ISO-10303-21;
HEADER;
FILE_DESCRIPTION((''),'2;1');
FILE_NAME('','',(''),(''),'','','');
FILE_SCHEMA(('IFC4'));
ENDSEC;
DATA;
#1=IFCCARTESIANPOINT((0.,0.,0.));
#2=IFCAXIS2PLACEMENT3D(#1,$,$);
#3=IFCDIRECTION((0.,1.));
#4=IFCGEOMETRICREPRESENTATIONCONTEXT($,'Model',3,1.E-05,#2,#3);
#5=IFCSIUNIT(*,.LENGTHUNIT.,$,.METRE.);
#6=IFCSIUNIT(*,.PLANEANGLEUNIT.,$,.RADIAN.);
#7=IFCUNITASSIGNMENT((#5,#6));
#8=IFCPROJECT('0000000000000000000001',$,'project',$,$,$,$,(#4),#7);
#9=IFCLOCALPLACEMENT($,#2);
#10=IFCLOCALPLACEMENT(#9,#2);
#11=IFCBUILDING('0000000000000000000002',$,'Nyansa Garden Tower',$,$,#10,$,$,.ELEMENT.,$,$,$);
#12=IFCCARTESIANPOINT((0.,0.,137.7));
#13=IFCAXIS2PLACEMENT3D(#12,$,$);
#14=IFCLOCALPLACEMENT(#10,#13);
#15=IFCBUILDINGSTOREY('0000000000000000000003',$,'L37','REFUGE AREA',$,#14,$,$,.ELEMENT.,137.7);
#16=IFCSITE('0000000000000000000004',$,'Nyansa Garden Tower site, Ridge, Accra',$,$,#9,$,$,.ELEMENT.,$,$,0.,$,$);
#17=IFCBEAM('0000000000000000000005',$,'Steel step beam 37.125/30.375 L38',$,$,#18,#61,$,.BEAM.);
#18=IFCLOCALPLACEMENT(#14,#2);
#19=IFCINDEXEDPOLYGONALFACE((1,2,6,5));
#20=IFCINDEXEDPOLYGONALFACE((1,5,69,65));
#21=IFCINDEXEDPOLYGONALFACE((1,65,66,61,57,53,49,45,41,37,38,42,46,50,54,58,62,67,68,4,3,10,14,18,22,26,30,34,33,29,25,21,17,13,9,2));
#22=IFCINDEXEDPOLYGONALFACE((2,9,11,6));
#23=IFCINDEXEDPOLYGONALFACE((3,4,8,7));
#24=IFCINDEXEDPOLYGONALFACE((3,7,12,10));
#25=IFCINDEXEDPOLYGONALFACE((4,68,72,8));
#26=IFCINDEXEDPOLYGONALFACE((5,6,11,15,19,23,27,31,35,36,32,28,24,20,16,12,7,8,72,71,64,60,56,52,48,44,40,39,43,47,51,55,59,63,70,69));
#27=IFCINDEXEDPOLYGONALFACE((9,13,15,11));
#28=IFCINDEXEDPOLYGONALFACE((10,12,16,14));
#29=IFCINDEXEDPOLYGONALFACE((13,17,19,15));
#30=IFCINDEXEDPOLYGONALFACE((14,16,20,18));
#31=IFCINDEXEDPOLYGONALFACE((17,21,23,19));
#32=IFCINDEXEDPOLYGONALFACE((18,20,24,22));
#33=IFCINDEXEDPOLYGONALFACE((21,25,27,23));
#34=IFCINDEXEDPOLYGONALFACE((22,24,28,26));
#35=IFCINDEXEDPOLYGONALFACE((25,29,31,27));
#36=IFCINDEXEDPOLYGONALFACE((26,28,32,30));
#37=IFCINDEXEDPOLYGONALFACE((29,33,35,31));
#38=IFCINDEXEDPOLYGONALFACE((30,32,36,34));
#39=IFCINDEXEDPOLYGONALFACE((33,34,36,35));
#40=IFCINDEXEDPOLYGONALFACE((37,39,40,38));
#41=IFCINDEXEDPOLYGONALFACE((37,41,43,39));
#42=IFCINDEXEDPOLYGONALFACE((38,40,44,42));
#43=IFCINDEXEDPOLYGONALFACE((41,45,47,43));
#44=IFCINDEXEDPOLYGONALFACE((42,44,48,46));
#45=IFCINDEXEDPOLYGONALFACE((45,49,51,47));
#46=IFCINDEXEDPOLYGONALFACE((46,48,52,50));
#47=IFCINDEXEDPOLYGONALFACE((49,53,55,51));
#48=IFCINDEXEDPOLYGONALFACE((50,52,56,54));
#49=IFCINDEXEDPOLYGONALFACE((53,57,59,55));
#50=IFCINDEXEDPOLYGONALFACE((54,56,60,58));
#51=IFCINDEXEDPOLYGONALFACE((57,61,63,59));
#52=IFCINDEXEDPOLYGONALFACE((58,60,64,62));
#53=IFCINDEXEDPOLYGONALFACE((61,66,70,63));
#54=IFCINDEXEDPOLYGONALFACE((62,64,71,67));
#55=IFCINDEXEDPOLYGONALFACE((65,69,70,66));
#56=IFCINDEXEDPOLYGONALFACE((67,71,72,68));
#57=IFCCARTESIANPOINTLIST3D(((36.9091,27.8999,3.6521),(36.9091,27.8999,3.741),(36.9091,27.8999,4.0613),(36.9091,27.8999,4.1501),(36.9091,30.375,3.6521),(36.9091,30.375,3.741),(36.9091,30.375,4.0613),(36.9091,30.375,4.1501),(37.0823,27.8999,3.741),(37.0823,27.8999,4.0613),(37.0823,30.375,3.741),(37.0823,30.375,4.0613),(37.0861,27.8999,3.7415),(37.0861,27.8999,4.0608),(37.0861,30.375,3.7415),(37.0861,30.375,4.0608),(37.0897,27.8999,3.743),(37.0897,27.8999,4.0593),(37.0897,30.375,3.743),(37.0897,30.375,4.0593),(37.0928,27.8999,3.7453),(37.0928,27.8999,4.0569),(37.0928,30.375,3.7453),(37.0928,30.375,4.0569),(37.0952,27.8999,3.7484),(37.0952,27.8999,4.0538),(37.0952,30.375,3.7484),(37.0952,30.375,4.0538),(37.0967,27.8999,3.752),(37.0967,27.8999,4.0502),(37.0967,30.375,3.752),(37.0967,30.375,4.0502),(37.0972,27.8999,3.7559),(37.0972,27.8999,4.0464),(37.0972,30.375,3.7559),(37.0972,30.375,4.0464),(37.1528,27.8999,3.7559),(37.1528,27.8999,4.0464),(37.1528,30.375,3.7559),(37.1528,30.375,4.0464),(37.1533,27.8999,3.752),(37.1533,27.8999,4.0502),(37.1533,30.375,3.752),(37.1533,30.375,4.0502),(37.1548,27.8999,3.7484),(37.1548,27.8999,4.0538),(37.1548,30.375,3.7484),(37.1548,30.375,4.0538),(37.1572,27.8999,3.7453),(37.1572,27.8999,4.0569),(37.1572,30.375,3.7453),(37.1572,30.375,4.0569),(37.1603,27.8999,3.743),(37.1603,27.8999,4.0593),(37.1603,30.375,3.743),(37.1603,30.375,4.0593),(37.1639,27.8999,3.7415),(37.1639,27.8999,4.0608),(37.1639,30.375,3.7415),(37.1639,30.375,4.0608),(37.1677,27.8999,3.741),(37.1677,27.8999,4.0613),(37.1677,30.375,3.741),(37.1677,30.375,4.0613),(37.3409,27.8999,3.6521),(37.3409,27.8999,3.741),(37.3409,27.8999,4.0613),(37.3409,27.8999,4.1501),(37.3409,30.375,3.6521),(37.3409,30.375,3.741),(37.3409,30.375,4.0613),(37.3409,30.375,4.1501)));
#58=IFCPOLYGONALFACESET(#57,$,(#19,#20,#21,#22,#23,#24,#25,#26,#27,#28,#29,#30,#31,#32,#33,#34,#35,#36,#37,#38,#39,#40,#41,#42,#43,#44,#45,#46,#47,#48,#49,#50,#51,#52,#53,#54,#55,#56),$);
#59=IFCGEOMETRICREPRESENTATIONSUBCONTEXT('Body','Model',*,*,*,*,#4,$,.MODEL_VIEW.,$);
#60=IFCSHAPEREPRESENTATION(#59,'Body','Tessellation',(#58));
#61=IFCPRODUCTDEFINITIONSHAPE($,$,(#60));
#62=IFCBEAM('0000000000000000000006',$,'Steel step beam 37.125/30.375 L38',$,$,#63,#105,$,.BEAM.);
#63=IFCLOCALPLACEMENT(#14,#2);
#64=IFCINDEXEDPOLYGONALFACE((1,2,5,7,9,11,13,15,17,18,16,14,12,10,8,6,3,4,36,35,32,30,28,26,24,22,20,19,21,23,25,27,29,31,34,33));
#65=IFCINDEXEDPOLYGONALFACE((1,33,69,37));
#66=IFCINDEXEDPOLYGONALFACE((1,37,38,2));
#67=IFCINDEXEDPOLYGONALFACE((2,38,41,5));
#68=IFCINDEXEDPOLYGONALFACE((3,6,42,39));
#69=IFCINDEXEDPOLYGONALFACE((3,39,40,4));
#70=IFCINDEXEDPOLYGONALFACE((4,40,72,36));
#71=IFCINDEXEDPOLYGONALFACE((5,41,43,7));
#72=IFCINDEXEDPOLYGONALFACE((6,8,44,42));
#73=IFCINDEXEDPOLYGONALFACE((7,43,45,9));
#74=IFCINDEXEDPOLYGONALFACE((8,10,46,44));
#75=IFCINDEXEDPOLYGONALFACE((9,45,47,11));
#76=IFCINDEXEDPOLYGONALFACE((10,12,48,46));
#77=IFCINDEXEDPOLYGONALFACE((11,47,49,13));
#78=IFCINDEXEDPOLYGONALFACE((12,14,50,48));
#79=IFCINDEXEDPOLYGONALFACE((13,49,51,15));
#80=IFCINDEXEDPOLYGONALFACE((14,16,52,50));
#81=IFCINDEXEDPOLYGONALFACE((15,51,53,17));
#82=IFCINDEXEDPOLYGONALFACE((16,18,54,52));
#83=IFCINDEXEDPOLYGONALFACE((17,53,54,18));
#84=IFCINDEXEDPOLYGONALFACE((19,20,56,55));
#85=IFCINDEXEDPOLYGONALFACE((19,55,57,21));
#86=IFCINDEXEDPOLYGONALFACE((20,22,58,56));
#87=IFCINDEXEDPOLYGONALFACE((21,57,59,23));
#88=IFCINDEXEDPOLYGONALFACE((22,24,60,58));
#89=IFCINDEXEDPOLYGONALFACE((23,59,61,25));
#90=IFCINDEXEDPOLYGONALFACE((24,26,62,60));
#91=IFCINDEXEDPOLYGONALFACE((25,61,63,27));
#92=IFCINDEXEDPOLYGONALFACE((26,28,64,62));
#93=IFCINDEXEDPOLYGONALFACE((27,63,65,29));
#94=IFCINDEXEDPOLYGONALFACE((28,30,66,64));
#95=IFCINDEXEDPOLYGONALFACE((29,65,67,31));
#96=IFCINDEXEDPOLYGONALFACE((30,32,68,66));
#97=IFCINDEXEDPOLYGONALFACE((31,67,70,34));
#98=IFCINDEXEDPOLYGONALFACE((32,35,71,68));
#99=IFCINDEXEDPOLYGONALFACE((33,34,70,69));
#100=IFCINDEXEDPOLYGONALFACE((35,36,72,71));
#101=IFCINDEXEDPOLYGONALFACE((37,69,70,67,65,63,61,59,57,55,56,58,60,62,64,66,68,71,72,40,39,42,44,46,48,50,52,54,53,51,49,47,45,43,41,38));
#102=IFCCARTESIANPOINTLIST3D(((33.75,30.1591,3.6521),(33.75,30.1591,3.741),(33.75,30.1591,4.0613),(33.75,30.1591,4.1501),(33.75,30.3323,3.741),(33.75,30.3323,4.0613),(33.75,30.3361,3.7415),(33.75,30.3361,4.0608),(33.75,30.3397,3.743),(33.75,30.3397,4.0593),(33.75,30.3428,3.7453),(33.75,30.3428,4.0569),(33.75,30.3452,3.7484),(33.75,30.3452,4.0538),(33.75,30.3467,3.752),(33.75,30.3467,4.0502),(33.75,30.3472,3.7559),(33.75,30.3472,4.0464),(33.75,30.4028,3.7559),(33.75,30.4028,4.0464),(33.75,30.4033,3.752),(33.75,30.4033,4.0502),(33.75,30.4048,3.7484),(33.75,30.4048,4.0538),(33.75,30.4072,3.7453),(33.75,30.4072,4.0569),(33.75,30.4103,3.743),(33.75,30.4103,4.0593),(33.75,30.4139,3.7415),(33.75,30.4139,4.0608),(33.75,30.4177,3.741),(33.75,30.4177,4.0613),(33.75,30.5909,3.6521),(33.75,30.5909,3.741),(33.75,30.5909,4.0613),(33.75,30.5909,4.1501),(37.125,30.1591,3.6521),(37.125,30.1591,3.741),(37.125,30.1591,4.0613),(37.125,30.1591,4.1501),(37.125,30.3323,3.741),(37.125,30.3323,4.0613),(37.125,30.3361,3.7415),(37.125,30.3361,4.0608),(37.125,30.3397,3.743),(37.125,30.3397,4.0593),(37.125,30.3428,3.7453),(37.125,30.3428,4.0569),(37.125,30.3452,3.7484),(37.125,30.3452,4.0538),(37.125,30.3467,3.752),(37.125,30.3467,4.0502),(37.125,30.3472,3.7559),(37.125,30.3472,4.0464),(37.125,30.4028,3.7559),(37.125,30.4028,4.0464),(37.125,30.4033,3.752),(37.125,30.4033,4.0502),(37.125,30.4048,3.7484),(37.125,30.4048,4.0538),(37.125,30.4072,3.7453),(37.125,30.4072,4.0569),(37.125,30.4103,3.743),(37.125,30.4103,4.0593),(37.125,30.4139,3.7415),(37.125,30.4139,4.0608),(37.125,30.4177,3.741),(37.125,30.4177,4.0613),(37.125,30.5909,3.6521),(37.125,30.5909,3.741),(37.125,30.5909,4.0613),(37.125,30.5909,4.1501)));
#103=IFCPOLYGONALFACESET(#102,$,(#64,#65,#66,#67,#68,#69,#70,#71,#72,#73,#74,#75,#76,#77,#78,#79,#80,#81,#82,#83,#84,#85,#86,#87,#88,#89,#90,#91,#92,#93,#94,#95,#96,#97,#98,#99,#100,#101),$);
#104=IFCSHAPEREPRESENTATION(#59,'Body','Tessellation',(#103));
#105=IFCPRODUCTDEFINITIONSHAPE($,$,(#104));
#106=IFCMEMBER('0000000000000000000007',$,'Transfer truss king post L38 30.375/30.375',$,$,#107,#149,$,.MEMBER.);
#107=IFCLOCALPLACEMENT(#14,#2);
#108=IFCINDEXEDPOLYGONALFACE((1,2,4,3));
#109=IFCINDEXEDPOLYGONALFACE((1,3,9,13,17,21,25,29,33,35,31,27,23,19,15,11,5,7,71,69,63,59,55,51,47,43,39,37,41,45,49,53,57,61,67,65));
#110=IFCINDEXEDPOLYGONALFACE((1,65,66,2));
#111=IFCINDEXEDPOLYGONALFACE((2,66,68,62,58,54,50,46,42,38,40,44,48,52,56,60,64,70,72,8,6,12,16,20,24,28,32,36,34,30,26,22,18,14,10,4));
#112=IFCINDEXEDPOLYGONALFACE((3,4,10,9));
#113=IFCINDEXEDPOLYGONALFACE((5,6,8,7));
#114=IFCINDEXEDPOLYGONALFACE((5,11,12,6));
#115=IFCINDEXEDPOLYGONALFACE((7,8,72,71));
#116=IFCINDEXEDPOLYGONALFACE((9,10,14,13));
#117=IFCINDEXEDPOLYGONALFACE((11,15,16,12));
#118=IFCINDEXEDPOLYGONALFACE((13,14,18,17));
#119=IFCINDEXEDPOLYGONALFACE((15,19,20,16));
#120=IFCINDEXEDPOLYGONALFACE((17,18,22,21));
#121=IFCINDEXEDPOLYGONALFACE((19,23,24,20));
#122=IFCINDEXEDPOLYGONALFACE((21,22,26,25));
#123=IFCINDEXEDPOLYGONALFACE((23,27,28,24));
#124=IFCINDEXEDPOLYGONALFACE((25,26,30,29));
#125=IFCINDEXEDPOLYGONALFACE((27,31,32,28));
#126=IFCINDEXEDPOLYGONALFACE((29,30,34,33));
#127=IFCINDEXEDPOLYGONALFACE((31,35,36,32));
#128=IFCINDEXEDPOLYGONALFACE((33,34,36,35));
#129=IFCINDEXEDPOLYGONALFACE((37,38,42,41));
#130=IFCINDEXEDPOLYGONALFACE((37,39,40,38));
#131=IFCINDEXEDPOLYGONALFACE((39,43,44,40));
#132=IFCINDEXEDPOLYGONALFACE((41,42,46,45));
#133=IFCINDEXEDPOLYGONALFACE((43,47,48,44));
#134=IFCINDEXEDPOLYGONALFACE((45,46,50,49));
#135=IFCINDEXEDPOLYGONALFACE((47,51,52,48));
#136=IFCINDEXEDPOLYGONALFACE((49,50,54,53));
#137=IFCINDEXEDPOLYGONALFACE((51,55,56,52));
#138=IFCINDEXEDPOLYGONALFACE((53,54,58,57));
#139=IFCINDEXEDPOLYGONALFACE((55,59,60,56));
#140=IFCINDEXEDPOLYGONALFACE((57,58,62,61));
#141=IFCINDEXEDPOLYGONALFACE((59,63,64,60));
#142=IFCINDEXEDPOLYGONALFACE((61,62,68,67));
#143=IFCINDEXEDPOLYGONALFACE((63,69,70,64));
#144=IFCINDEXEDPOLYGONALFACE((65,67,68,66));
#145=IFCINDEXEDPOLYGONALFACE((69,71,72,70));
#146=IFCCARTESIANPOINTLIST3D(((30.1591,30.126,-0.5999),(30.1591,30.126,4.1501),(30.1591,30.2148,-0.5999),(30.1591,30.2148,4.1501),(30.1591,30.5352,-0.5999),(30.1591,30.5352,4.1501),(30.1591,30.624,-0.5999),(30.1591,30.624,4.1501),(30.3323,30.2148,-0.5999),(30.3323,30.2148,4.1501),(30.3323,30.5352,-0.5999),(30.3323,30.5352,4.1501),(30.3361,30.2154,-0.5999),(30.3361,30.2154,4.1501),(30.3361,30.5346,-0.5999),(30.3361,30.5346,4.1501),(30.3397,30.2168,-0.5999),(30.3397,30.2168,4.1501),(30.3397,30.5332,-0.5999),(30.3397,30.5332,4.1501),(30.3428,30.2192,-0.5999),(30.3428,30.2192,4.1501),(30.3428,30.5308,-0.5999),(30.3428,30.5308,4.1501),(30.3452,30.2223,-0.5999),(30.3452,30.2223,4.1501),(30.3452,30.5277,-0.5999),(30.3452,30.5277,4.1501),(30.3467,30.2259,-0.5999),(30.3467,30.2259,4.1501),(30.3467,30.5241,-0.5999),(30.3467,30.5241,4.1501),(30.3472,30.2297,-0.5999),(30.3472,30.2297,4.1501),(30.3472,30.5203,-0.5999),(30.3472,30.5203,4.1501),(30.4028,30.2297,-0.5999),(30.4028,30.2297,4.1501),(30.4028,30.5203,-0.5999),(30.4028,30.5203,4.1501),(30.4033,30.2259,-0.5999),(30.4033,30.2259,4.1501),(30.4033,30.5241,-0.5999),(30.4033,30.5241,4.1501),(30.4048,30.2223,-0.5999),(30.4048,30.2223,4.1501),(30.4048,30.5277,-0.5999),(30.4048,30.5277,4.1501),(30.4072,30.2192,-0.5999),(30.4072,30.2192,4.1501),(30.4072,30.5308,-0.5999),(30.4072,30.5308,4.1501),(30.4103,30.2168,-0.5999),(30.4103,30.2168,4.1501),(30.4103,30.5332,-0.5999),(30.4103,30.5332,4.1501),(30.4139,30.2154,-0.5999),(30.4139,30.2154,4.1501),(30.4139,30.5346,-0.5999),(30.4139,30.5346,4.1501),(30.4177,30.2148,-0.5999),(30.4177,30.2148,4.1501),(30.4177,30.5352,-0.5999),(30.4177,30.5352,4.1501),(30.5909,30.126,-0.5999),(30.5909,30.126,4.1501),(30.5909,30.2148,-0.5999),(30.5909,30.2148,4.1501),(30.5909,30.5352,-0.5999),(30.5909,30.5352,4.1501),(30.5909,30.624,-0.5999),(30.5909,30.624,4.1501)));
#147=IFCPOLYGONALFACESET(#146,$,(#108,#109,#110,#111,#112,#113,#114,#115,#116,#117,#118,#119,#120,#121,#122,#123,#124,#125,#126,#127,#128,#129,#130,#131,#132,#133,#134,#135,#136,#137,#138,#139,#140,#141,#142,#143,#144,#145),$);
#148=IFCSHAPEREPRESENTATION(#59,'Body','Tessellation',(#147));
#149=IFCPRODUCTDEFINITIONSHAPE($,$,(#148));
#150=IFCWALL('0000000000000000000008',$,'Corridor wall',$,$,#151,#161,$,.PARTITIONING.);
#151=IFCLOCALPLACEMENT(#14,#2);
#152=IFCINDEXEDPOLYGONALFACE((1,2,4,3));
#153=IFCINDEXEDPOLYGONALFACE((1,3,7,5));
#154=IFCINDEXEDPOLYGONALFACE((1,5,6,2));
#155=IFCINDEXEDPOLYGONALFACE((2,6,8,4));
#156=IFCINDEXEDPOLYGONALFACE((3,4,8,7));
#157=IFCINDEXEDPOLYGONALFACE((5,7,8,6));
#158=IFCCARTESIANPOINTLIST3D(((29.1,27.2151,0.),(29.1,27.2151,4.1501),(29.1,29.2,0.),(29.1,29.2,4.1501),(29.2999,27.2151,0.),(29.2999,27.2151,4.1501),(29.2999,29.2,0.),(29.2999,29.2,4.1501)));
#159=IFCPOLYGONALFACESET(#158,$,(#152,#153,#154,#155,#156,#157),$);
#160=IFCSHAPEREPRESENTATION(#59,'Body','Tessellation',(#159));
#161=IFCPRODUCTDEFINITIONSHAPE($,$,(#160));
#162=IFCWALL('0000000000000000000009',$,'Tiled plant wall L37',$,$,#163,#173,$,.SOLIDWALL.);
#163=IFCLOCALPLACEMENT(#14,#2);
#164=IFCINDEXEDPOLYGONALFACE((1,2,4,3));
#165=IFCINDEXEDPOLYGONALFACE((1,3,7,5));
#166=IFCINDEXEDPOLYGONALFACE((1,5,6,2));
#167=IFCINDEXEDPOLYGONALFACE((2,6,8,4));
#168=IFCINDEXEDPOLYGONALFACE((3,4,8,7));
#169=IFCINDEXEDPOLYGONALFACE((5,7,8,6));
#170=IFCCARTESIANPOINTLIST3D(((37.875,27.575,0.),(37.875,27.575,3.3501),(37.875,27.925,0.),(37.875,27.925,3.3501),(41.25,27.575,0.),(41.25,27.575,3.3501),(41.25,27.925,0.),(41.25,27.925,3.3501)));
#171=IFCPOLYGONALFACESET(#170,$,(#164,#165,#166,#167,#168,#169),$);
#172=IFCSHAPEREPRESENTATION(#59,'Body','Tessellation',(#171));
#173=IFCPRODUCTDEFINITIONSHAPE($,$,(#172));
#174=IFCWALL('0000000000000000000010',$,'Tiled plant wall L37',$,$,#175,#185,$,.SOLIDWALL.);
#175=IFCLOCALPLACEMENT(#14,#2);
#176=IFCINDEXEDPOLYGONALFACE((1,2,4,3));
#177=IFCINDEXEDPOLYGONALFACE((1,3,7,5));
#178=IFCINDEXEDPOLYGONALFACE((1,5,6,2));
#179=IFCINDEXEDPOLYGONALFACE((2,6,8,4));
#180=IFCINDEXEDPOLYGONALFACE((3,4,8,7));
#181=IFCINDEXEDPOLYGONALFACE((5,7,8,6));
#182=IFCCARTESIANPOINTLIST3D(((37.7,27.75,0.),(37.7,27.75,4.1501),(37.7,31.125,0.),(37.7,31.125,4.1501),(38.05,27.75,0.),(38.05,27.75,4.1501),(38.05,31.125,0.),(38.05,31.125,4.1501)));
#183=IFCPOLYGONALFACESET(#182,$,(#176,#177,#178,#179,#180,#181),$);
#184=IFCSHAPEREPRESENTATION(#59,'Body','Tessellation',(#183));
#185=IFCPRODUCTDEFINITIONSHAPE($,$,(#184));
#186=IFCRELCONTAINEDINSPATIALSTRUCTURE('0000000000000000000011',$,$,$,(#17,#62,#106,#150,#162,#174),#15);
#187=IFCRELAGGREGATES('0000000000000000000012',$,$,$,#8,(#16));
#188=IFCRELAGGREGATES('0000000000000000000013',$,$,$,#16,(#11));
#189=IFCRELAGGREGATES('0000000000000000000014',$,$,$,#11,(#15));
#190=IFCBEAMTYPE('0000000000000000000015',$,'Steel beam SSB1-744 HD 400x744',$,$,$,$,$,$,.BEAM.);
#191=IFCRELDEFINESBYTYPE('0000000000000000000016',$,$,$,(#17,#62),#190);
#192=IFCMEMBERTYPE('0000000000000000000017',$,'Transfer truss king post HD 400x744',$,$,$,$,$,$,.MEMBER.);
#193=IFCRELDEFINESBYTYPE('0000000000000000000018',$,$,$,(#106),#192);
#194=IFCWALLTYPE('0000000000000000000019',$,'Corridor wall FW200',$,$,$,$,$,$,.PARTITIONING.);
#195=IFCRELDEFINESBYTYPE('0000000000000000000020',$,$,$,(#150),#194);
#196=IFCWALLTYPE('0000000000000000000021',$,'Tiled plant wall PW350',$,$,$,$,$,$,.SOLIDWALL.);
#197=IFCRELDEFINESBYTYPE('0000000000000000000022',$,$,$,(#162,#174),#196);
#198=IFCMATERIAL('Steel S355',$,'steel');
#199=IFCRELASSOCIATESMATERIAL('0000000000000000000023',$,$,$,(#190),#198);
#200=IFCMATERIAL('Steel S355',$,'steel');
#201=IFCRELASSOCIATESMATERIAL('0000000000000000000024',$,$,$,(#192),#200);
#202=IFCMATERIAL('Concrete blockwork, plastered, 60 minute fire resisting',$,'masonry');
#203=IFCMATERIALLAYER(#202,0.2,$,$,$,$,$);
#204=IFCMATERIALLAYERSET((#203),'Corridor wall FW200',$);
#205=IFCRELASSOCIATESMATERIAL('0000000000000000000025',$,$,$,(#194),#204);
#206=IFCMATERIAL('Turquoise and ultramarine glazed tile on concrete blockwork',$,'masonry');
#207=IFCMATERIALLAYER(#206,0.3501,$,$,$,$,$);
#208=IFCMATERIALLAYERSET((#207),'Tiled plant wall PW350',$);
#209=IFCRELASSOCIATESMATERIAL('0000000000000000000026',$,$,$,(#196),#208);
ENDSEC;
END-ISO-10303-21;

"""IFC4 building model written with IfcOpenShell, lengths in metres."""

from ifc_helpers import new_model, si_unit, direction, frame, frame_2d, origin, origin_2d, place, context, subcontext, project, spatial, rectangle, i_section, extrude, material, layer, layer_set, material_profile, profile_set, type_object, element, save


model = new_model("IFC4")

# Units and contexts
model_context = context("Model", 3, precision=1e-05, world=origin(), true_north=direction((0.0, 1.0)))
body_context = subcontext(model_context, "Body", "Model", "MODEL_VIEW")
ifc_project = project(units=[si_unit("LENGTHUNIT", "METRE"), si_unit("PLANEANGLEUNIT", "RADIAN")], contexts=[model_context])

# Site, building, storey
site_placement = place(None, origin())
site = spatial("IfcSite", under=ifc_project, at=site_placement, Name="Nyansa Garden Tower site, Ridge, Accra", CompositionType="ELEMENT", RefElevation=0.0)
building_placement = place(site_placement, origin())
building = spatial("IfcBuilding", under=site, at=building_placement, Name="Nyansa Garden Tower", CompositionType="ELEMENT")
storey_placement = place(building_placement, frame((0.0, 0.0, 137.7)))
storey = spatial("IfcBuildingStorey", under=building, at=storey_placement, Name="L37", Description="REFUGE AREA", CompositionType="ELEMENT", Elevation=137.7)

# Beams
ifc_material_1 = material(Name="Steel S355", Category="steel")
ifc_material_profile_1 = material_profile(ifc_material_1, i_section(OverallWidth=0.4319, OverallDepth=0.498, WebThickness=0.0557, FlangeThickness=0.0889, FilletRadius=0.0149, at=origin_2d()), Name="HD 400x744")
ifc_profile_set_1 = profile_set([ifc_material_profile_1], Name="Steel S355")
beam_type_1 = type_object("IfcBeamType", Name="Steel beam SSB1-744 HD 400x744", PredefinedType="BEAM", material=ifc_profile_set_1)
beam_1_placement = place(storey_placement, frame((37.125, 30.375, 3.9011), z_axis=(0.0, -1.0, 0.0), x_axis=(1.0, 0.0, 0.0)))
element("IfcBeam", 1, at=beam_1_placement, inside=storey, type_object=beam_type_1, Name="Steel step beam 37.125/30.375 L38", PredefinedType="BEAM", context=body_context, shape_type="SweptSolid", body=[
    extrude(i_section(OverallWidth=0.4319, OverallDepth=0.498, WebThickness=0.0557, FlangeThickness=0.0889, FilletRadius=0.0149, at=origin_2d()), origin(), (0.0, 0.0, 1.0), 2.4751),
])
beam_2_placement = place(storey_placement, frame((37.125, 30.375, 3.9011), z_axis=(-1.0, 0.0, 0.0), x_axis=(0.0, -1.0, 0.0)))
element("IfcBeam", 2, at=beam_2_placement, inside=storey, type_object=beam_type_1, Name="Steel step beam 37.125/30.375 L38", PredefinedType="BEAM", context=body_context, shape_type="SweptSolid", body=[
    extrude(i_section(OverallWidth=0.4319, OverallDepth=0.498, WebThickness=0.0557, FlangeThickness=0.0889, FilletRadius=0.0149, at=origin_2d()), origin(), (0.0, 0.0, 1.0), 3.375),
])

# Member
ifc_material_2 = material(Name="Steel S355", Category="steel")
ifc_material_profile_2 = material_profile(ifc_material_2, i_section(OverallWidth=0.4319, OverallDepth=0.498, WebThickness=0.0557, FlangeThickness=0.0889, FilletRadius=0.0149, at=origin_2d()), Name="HD 400x744")
ifc_profile_set_2 = profile_set([ifc_material_profile_2], Name="Steel S355")
member_type_1 = type_object("IfcMemberType", Name="Transfer truss king post HD 400x744", PredefinedType="MEMBER", material=ifc_profile_set_2)
member_1_placement = place(storey_placement, frame((30.375, 30.375, -0.5999), z_axis=(0.0, 0.0, 1.0), x_axis=(1.0, 0.0, 0.0)))
element("IfcMember", 3, at=member_1_placement, inside=storey, type_object=member_type_1, Name="Transfer truss king post L38 30.375/30.375", PredefinedType="MEMBER", context=body_context, shape_type="SweptSolid", body=[
    extrude(i_section(OverallWidth=0.4319, OverallDepth=0.498, WebThickness=0.0557, FlangeThickness=0.0889, FilletRadius=0.0149, at=origin_2d()), origin(), (0.0, 0.0, 1.0), 4.75),
])

# Walls
ifc_material_3 = material(Name="Concrete blockwork, plastered, 60 minute fire resisting", Category="masonry")
ifc_layer_1 = layer(ifc_material_3, 0.2)
ifc_layer_set_1 = layer_set([ifc_layer_1], Name="Corridor wall FW200")
wall_type_1 = type_object("IfcWallType", Name="Corridor wall FW200", PredefinedType="PARTITIONING", material=ifc_layer_set_1)
wall_1_placement = place(storey_placement, frame((29.2, 27.2151, 0.0), z_axis=(0.0, 0.0, 1.0), x_axis=(0.0, 1.0, 0.0)))
element("IfcWall", 4, at=wall_1_placement, inside=storey, type_object=wall_type_1, Name="Corridor wall", PredefinedType="PARTITIONING", context=body_context, shape_type="SweptSolid", body=[
    extrude(rectangle(XDim=1.9849, YDim=0.2, at=frame_2d((0.9924, 0.0))), origin(), (0.0, 0.0, 1.0), 4.1501),
])
ifc_material_4 = material(Name="Turquoise and ultramarine glazed tile on concrete blockwork", Category="masonry")
ifc_layer_2 = layer(ifc_material_4, 0.3501)
ifc_layer_set_2 = layer_set([ifc_layer_2], Name="Tiled plant wall PW350")
wall_type_2 = type_object("IfcWallType", Name="Tiled plant wall PW350", PredefinedType="SOLIDWALL", material=ifc_layer_set_2)
wall_2_placement = place(storey_placement, frame((41.25, 27.75, 0.0), z_axis=(0.0, 0.0, 1.0), x_axis=(-1.0, 0.0, 0.0)))
element("IfcWall", 5, at=wall_2_placement, inside=storey, type_object=wall_type_2, Name="Tiled plant wall L37", PredefinedType="SOLIDWALL", context=body_context, shape_type="SweptSolid", body=[
    extrude(rectangle(XDim=3.375, YDim=0.3501, at=frame_2d((1.6875, 0.0))), origin(), (0.0, 0.0, 1.0), 3.3501),
])
for number, where, z_axis, x_axis, name in (
    (6, (37.875, 27.75, 0.0), (0.0, 0.0, 1.0), (0.0, 1.0, 0.0), "Tiled plant wall L37"),
):
    element("IfcWall", number, at=place(storey_placement, frame(where, z_axis=z_axis, x_axis=x_axis)), inside=storey, type_object=wall_type_2, Name=name, PredefinedType="SOLIDWALL", context=body_context, shape_type="SweptSolid", body=[
        extrude(rectangle(XDim=3.375, YDim=0.3501, at=frame_2d((1.6875, 0.0))), origin(), (0.0, 0.0, 1.0), 4.1501),
    ])

save(model, "model.ifc")
